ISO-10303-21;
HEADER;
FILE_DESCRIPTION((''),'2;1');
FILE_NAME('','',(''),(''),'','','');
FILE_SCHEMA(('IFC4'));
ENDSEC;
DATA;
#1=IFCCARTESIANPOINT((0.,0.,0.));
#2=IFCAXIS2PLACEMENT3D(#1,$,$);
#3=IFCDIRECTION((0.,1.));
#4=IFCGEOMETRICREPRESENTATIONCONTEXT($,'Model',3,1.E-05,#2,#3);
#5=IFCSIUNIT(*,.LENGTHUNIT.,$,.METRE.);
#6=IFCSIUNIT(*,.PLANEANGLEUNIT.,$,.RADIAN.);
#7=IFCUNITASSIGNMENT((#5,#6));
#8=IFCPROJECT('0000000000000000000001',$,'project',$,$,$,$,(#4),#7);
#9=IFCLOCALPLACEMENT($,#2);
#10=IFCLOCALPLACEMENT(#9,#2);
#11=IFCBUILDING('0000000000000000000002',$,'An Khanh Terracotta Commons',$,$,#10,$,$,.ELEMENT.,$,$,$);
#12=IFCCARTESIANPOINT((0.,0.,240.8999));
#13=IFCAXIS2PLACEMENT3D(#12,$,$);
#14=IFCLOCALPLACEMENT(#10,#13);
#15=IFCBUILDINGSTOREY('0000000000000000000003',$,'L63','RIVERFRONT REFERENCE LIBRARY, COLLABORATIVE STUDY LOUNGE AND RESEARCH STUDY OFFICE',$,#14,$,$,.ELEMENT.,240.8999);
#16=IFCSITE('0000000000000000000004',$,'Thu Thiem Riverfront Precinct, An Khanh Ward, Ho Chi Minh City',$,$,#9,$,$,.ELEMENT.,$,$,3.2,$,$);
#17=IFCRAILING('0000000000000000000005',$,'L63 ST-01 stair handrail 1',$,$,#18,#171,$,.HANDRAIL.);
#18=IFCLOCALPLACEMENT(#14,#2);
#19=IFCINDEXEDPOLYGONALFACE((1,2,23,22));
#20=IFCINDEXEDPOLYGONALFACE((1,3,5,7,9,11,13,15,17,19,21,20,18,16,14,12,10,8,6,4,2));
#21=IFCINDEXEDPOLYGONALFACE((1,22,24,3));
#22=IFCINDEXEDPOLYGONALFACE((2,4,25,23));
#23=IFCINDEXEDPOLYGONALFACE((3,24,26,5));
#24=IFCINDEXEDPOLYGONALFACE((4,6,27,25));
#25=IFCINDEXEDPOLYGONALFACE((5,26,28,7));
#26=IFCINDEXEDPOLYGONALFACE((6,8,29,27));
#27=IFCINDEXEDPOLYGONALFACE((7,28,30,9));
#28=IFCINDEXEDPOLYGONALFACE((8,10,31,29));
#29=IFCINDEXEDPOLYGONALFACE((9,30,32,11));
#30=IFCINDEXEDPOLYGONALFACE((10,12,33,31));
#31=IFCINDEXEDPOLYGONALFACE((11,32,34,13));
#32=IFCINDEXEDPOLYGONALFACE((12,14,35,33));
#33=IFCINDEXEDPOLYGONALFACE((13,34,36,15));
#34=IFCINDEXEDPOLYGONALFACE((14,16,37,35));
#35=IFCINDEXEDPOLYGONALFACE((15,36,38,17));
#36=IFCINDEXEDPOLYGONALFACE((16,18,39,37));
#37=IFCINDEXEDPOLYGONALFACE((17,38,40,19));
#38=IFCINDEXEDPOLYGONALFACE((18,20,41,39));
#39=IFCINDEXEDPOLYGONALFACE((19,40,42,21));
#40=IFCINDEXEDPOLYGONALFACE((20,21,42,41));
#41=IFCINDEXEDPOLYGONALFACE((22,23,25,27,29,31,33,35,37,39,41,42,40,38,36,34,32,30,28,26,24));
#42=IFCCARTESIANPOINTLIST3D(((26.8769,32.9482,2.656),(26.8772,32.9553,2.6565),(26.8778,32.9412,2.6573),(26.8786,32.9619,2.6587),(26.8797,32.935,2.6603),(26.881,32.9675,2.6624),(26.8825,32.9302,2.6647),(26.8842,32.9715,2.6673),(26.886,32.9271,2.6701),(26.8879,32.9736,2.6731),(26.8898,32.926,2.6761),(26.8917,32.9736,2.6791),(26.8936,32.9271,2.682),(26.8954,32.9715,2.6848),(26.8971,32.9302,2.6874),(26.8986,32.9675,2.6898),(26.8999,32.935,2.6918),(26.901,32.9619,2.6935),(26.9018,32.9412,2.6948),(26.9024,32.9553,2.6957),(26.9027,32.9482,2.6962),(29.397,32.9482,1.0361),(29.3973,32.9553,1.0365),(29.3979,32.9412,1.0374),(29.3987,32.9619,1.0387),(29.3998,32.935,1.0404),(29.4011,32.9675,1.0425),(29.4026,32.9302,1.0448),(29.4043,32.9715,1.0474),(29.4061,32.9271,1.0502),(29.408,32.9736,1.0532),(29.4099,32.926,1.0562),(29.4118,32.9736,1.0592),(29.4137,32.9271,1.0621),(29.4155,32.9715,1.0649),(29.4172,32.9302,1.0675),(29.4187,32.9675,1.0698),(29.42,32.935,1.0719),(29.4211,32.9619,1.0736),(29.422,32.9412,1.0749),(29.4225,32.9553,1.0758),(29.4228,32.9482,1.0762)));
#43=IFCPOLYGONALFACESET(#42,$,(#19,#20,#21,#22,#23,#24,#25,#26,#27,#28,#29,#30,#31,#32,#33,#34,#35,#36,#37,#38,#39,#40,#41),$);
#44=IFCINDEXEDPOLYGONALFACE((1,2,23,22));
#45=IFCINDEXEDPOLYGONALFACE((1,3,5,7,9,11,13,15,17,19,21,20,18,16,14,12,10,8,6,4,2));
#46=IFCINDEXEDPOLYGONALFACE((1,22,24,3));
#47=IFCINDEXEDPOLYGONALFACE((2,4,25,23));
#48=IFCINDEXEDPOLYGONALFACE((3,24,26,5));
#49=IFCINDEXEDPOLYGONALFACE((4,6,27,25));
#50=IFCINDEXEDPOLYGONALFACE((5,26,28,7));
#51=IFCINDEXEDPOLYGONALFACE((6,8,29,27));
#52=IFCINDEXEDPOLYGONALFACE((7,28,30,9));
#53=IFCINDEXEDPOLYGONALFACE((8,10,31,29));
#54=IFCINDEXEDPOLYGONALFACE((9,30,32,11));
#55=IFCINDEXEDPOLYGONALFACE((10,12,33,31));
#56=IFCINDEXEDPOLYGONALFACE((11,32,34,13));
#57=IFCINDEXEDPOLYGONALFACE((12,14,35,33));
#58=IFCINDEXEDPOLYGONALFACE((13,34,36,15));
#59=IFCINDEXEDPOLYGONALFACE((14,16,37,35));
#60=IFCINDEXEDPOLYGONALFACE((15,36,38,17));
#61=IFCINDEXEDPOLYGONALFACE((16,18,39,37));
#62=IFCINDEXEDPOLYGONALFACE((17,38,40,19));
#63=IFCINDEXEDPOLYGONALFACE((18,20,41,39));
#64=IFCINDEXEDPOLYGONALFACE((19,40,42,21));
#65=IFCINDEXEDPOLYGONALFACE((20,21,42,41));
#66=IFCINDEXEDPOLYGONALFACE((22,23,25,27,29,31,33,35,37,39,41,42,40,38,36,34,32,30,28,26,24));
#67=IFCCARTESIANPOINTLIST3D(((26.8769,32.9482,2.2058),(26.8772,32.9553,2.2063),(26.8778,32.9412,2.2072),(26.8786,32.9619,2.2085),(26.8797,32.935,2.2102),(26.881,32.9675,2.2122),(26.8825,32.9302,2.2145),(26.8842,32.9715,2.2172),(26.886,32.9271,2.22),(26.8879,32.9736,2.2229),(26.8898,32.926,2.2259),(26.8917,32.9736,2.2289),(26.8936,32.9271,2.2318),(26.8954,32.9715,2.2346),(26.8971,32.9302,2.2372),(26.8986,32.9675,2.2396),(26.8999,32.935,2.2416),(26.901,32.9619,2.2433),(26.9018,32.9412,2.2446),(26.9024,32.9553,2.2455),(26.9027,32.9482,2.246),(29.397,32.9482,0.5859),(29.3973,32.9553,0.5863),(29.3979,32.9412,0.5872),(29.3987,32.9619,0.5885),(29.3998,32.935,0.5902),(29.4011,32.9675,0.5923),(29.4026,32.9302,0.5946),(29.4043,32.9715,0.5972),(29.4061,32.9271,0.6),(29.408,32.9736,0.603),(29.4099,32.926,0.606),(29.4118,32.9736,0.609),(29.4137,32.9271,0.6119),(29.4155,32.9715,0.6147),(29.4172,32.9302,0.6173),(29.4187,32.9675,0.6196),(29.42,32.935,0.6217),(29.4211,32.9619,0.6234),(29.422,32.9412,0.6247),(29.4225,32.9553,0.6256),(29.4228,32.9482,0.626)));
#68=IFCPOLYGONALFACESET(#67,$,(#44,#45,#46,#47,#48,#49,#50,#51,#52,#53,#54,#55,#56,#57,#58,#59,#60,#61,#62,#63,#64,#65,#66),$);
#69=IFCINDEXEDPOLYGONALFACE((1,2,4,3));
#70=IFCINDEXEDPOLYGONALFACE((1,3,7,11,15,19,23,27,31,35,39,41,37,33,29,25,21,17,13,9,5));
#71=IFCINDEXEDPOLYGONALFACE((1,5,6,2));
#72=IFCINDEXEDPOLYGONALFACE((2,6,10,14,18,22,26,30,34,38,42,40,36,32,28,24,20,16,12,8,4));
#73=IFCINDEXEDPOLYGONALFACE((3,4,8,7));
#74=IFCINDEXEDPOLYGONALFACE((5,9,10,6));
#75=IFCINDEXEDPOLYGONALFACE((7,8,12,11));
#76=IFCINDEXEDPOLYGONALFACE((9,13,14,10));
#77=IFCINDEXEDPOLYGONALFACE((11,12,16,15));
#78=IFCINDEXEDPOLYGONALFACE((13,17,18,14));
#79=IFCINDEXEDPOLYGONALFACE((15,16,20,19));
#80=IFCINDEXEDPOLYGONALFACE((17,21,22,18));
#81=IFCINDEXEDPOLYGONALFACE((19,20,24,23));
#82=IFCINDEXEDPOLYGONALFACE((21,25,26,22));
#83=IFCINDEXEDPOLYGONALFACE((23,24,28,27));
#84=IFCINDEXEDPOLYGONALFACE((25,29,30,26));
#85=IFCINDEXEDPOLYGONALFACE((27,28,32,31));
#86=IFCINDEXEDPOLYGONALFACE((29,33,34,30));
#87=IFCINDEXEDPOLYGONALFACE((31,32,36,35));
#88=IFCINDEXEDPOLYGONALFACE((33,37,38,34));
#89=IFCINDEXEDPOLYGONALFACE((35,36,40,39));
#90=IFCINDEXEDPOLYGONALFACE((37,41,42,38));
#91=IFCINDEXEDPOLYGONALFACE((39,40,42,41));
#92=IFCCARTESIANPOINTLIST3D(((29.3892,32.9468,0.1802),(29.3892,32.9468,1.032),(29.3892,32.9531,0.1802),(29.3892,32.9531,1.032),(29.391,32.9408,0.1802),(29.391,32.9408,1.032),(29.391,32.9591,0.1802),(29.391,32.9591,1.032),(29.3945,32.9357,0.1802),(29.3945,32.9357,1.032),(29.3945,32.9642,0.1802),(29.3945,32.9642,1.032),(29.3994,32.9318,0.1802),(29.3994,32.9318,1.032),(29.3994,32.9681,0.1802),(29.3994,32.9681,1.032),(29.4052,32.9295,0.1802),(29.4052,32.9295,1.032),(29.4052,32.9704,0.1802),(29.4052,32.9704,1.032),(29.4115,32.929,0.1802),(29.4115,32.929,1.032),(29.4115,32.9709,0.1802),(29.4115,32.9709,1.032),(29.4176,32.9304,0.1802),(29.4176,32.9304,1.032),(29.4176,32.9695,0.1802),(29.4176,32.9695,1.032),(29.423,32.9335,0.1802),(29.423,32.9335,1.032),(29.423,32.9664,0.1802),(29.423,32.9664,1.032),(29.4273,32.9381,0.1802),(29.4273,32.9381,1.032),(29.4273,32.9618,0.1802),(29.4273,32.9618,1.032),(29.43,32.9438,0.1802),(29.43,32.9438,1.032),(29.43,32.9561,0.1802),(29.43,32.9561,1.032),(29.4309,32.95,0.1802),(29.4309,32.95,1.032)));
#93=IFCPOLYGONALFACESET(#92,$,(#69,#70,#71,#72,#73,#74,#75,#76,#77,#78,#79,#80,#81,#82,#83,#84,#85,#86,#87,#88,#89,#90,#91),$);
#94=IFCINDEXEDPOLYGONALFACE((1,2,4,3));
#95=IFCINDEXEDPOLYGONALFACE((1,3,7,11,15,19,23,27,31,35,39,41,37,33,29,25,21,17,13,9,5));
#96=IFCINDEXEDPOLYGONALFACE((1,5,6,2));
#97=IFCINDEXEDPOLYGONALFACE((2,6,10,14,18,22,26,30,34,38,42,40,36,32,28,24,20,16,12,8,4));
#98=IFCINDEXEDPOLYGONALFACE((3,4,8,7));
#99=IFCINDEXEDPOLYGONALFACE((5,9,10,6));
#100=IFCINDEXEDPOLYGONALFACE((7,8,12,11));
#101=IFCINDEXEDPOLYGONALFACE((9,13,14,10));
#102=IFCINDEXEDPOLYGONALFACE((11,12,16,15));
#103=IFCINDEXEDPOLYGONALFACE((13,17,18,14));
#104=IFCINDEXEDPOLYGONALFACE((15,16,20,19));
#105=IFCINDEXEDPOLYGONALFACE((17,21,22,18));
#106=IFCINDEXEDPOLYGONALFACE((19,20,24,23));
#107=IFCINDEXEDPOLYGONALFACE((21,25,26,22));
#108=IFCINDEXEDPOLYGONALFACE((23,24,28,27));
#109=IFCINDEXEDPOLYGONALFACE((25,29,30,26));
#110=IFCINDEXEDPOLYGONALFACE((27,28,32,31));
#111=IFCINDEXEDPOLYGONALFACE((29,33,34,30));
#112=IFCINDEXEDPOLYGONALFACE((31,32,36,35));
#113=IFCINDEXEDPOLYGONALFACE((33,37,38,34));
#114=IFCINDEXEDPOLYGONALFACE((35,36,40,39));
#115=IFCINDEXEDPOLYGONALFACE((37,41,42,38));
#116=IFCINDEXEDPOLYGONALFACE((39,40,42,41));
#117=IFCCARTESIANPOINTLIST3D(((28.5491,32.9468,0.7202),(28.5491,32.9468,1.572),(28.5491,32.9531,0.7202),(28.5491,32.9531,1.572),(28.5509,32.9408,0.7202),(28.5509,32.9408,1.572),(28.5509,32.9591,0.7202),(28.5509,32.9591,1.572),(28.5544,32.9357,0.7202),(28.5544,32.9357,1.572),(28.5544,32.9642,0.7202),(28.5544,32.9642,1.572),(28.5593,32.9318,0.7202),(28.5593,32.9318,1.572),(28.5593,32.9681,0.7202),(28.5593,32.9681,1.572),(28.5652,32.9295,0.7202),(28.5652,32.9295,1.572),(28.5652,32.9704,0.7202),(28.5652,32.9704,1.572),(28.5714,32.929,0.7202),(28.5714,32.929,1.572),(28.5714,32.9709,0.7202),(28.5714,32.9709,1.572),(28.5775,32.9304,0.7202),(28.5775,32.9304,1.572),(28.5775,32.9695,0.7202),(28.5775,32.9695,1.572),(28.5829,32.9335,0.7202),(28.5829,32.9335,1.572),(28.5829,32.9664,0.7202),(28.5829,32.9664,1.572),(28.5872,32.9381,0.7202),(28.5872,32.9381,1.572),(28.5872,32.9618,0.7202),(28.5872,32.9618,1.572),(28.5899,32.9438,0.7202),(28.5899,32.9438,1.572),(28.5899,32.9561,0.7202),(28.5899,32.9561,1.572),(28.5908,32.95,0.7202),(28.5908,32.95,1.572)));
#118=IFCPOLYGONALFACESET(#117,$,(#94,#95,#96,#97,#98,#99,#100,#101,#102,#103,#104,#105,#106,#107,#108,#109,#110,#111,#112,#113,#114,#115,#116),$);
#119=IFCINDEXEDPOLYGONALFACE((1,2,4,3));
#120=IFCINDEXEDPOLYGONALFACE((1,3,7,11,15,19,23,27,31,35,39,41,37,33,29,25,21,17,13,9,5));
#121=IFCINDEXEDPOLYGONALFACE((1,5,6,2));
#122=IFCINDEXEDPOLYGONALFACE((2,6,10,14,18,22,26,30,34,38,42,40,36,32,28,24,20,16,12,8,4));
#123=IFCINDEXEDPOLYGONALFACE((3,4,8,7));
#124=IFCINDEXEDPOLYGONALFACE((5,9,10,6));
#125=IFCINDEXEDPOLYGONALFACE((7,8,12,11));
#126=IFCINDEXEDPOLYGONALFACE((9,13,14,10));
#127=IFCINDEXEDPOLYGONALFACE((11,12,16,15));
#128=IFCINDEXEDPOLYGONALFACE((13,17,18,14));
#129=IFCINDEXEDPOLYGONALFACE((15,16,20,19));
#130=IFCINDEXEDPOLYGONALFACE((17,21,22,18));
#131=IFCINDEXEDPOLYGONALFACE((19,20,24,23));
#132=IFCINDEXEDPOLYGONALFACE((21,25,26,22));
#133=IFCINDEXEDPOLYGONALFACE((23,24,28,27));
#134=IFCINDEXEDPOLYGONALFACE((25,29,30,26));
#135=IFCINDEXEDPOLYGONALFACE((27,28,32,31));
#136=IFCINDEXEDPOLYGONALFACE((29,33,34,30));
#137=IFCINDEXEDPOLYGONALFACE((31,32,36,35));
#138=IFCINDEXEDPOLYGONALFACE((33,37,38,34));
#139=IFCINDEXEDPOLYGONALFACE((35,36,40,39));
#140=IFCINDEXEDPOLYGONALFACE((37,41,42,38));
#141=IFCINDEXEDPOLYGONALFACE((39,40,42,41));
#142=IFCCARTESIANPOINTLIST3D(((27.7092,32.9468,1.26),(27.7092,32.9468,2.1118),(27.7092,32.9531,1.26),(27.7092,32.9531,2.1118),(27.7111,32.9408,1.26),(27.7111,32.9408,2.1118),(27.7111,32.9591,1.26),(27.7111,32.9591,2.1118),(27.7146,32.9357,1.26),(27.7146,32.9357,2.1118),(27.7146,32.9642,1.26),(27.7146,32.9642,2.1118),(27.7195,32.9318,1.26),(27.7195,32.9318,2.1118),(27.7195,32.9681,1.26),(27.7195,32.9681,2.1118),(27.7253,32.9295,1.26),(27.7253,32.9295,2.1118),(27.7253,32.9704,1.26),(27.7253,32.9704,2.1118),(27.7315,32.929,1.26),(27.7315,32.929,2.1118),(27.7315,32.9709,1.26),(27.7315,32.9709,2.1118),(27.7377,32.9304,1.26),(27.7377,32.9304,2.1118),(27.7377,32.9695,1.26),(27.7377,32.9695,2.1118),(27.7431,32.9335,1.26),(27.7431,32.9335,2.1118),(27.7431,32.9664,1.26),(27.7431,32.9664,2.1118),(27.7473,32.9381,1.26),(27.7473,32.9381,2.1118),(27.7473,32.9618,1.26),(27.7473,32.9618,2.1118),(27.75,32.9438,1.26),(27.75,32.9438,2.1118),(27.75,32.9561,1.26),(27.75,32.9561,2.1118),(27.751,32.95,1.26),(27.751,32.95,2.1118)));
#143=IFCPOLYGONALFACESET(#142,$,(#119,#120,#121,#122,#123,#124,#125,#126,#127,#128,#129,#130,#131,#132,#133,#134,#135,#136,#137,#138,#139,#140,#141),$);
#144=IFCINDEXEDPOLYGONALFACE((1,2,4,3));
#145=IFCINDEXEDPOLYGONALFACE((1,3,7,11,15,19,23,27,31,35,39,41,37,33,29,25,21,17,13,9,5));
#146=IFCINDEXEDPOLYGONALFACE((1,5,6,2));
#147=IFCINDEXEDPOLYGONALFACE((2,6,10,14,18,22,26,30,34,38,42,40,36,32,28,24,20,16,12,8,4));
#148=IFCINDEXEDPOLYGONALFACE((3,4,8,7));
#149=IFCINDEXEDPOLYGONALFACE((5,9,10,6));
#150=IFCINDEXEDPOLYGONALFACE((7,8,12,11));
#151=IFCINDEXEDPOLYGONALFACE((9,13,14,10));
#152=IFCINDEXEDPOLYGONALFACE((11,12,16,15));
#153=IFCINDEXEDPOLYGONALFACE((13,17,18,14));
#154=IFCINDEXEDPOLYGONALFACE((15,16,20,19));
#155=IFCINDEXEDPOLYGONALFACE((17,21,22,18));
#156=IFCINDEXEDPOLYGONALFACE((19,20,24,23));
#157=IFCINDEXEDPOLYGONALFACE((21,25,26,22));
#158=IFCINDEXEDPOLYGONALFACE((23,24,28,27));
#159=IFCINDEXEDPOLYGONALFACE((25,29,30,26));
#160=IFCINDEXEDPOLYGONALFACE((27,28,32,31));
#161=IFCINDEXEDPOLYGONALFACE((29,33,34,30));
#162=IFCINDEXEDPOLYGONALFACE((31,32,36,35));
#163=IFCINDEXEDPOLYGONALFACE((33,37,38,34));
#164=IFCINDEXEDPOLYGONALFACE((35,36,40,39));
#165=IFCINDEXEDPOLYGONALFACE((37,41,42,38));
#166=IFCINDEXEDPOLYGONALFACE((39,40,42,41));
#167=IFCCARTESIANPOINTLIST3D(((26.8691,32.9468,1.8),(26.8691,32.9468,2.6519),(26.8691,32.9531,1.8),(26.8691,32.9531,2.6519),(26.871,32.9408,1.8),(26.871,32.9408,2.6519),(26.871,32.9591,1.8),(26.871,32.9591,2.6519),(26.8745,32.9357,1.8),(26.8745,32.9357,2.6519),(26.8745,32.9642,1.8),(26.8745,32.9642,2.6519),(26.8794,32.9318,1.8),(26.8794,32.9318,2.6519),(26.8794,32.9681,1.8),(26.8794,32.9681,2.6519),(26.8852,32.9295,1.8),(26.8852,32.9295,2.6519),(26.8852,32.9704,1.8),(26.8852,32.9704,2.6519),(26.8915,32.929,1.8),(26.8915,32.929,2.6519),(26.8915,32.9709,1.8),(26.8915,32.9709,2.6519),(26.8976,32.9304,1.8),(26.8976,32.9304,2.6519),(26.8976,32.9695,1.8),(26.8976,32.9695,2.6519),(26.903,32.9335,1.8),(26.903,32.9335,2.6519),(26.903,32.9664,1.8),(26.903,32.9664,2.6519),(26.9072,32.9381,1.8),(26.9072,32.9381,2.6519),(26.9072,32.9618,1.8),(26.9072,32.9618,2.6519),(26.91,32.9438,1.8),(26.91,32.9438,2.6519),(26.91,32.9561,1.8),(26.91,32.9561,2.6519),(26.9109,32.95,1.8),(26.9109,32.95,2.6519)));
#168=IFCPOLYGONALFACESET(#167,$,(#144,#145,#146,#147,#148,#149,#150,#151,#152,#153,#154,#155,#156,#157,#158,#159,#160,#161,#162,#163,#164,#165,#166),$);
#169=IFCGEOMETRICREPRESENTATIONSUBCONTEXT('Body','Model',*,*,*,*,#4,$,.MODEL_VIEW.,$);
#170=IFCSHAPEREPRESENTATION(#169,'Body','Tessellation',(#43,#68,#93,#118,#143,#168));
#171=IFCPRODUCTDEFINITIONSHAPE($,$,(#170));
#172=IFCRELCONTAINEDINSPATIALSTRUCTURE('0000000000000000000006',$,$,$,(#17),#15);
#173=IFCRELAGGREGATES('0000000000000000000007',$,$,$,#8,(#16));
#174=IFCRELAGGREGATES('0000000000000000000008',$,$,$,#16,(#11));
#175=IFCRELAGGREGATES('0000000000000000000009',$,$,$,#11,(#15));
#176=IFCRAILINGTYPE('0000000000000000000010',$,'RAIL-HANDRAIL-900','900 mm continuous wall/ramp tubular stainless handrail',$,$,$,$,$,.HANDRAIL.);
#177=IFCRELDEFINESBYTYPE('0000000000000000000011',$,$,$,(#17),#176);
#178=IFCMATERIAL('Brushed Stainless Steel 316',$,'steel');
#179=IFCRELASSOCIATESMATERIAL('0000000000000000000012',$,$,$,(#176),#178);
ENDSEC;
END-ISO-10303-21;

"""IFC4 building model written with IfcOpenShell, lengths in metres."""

from ifc_helpers import new_model, si_unit, direction, frame, origin, origin_2d, place, context, subcontext, project, spatial, circle, extrude, material, type_object, element, save


model = new_model("IFC4")

# Units and contexts
model_context = context("Model", 3, precision=1e-05, world=origin(), true_north=direction((0.0, 1.0)))
body_context = subcontext(model_context, "Body", "Model", "MODEL_VIEW")
ifc_project = project(units=[si_unit("LENGTHUNIT", "METRE"), si_unit("PLANEANGLEUNIT", "RADIAN")], contexts=[model_context])

# Site, building, storey
site_placement = place(None, origin())
site = spatial("IfcSite", under=ifc_project, at=site_placement, Name="Thu Thiem Riverfront Precinct, An Khanh Ward, Ho Chi Minh City", CompositionType="ELEMENT", RefElevation=3.2)
building_placement = place(site_placement, origin())
building = spatial("IfcBuilding", under=site, at=building_placement, Name="An Khanh Terracotta Commons", CompositionType="ELEMENT")
storey_placement = place(building_placement, frame((0.0, 0.0, 240.8999)))
storey = spatial("IfcBuildingStorey", under=building, at=storey_placement, Name="L63", Description="RIVERFRONT REFERENCE LIBRARY, COLLABORATIVE STUDY LOUNGE AND RESEARCH STUDY OFFICE", CompositionType="ELEMENT", Elevation=240.8999)

# Railing
ifc_material_1 = material(Name="Brushed Stainless Steel 316", Category="steel")
railing_type_1 = type_object("IfcRailingType", Name="RAIL-HANDRAIL-900", Description="900 mm continuous wall/ramp tubular stainless handrail", PredefinedType="HANDRAIL", material=ifc_material_1)
railing_1_placement = place(storey_placement, frame((29.4099, 32.95, 0.1802)))
element("IfcRailing", 1, at=railing_1_placement, inside=storey, type_object=railing_type_1, Name="L63 ST-01 stair handrail 1", PredefinedType="HANDRAIL", context=body_context, shape_type="SweptSolid", body=[
    extrude(circle(Radius=0.0239, at=origin_2d()), frame((0.0, 0.0, 0.876), z_axis=(-0.8412, 0.0, 0.540725), x_axis=(0.0, -1.0, 0.0)), (0.0, 0.0, 1.0), 2.9958),
    extrude(circle(Radius=0.0239, at=origin_2d()), frame((0.0, 0.0, 0.4258), z_axis=(-0.8412, 0.0, 0.540725), x_axis=(0.0, -1.0, 0.0)), (0.0, 0.0, 1.0), 2.9958),
    extrude(circle(Radius=0.021, at=origin_2d()), origin(), (0.0, 0.0, 1.0), 0.8518),
    extrude(circle(Radius=0.021, at=origin_2d()), frame((-0.8401, 0.0, 0.54)), (0.0, 0.0, 1.0), 0.8518),
    extrude(circle(Radius=0.021, at=origin_2d()), frame((-1.6799, 0.0, 1.0798)), (0.0, 0.0, 1.0), 0.8518),
    extrude(circle(Radius=0.021, at=origin_2d()), frame((-2.52, 0.0, 1.6199)), (0.0, 0.0, 1.0), 0.8518),
])

save(model, "model.ifc")
